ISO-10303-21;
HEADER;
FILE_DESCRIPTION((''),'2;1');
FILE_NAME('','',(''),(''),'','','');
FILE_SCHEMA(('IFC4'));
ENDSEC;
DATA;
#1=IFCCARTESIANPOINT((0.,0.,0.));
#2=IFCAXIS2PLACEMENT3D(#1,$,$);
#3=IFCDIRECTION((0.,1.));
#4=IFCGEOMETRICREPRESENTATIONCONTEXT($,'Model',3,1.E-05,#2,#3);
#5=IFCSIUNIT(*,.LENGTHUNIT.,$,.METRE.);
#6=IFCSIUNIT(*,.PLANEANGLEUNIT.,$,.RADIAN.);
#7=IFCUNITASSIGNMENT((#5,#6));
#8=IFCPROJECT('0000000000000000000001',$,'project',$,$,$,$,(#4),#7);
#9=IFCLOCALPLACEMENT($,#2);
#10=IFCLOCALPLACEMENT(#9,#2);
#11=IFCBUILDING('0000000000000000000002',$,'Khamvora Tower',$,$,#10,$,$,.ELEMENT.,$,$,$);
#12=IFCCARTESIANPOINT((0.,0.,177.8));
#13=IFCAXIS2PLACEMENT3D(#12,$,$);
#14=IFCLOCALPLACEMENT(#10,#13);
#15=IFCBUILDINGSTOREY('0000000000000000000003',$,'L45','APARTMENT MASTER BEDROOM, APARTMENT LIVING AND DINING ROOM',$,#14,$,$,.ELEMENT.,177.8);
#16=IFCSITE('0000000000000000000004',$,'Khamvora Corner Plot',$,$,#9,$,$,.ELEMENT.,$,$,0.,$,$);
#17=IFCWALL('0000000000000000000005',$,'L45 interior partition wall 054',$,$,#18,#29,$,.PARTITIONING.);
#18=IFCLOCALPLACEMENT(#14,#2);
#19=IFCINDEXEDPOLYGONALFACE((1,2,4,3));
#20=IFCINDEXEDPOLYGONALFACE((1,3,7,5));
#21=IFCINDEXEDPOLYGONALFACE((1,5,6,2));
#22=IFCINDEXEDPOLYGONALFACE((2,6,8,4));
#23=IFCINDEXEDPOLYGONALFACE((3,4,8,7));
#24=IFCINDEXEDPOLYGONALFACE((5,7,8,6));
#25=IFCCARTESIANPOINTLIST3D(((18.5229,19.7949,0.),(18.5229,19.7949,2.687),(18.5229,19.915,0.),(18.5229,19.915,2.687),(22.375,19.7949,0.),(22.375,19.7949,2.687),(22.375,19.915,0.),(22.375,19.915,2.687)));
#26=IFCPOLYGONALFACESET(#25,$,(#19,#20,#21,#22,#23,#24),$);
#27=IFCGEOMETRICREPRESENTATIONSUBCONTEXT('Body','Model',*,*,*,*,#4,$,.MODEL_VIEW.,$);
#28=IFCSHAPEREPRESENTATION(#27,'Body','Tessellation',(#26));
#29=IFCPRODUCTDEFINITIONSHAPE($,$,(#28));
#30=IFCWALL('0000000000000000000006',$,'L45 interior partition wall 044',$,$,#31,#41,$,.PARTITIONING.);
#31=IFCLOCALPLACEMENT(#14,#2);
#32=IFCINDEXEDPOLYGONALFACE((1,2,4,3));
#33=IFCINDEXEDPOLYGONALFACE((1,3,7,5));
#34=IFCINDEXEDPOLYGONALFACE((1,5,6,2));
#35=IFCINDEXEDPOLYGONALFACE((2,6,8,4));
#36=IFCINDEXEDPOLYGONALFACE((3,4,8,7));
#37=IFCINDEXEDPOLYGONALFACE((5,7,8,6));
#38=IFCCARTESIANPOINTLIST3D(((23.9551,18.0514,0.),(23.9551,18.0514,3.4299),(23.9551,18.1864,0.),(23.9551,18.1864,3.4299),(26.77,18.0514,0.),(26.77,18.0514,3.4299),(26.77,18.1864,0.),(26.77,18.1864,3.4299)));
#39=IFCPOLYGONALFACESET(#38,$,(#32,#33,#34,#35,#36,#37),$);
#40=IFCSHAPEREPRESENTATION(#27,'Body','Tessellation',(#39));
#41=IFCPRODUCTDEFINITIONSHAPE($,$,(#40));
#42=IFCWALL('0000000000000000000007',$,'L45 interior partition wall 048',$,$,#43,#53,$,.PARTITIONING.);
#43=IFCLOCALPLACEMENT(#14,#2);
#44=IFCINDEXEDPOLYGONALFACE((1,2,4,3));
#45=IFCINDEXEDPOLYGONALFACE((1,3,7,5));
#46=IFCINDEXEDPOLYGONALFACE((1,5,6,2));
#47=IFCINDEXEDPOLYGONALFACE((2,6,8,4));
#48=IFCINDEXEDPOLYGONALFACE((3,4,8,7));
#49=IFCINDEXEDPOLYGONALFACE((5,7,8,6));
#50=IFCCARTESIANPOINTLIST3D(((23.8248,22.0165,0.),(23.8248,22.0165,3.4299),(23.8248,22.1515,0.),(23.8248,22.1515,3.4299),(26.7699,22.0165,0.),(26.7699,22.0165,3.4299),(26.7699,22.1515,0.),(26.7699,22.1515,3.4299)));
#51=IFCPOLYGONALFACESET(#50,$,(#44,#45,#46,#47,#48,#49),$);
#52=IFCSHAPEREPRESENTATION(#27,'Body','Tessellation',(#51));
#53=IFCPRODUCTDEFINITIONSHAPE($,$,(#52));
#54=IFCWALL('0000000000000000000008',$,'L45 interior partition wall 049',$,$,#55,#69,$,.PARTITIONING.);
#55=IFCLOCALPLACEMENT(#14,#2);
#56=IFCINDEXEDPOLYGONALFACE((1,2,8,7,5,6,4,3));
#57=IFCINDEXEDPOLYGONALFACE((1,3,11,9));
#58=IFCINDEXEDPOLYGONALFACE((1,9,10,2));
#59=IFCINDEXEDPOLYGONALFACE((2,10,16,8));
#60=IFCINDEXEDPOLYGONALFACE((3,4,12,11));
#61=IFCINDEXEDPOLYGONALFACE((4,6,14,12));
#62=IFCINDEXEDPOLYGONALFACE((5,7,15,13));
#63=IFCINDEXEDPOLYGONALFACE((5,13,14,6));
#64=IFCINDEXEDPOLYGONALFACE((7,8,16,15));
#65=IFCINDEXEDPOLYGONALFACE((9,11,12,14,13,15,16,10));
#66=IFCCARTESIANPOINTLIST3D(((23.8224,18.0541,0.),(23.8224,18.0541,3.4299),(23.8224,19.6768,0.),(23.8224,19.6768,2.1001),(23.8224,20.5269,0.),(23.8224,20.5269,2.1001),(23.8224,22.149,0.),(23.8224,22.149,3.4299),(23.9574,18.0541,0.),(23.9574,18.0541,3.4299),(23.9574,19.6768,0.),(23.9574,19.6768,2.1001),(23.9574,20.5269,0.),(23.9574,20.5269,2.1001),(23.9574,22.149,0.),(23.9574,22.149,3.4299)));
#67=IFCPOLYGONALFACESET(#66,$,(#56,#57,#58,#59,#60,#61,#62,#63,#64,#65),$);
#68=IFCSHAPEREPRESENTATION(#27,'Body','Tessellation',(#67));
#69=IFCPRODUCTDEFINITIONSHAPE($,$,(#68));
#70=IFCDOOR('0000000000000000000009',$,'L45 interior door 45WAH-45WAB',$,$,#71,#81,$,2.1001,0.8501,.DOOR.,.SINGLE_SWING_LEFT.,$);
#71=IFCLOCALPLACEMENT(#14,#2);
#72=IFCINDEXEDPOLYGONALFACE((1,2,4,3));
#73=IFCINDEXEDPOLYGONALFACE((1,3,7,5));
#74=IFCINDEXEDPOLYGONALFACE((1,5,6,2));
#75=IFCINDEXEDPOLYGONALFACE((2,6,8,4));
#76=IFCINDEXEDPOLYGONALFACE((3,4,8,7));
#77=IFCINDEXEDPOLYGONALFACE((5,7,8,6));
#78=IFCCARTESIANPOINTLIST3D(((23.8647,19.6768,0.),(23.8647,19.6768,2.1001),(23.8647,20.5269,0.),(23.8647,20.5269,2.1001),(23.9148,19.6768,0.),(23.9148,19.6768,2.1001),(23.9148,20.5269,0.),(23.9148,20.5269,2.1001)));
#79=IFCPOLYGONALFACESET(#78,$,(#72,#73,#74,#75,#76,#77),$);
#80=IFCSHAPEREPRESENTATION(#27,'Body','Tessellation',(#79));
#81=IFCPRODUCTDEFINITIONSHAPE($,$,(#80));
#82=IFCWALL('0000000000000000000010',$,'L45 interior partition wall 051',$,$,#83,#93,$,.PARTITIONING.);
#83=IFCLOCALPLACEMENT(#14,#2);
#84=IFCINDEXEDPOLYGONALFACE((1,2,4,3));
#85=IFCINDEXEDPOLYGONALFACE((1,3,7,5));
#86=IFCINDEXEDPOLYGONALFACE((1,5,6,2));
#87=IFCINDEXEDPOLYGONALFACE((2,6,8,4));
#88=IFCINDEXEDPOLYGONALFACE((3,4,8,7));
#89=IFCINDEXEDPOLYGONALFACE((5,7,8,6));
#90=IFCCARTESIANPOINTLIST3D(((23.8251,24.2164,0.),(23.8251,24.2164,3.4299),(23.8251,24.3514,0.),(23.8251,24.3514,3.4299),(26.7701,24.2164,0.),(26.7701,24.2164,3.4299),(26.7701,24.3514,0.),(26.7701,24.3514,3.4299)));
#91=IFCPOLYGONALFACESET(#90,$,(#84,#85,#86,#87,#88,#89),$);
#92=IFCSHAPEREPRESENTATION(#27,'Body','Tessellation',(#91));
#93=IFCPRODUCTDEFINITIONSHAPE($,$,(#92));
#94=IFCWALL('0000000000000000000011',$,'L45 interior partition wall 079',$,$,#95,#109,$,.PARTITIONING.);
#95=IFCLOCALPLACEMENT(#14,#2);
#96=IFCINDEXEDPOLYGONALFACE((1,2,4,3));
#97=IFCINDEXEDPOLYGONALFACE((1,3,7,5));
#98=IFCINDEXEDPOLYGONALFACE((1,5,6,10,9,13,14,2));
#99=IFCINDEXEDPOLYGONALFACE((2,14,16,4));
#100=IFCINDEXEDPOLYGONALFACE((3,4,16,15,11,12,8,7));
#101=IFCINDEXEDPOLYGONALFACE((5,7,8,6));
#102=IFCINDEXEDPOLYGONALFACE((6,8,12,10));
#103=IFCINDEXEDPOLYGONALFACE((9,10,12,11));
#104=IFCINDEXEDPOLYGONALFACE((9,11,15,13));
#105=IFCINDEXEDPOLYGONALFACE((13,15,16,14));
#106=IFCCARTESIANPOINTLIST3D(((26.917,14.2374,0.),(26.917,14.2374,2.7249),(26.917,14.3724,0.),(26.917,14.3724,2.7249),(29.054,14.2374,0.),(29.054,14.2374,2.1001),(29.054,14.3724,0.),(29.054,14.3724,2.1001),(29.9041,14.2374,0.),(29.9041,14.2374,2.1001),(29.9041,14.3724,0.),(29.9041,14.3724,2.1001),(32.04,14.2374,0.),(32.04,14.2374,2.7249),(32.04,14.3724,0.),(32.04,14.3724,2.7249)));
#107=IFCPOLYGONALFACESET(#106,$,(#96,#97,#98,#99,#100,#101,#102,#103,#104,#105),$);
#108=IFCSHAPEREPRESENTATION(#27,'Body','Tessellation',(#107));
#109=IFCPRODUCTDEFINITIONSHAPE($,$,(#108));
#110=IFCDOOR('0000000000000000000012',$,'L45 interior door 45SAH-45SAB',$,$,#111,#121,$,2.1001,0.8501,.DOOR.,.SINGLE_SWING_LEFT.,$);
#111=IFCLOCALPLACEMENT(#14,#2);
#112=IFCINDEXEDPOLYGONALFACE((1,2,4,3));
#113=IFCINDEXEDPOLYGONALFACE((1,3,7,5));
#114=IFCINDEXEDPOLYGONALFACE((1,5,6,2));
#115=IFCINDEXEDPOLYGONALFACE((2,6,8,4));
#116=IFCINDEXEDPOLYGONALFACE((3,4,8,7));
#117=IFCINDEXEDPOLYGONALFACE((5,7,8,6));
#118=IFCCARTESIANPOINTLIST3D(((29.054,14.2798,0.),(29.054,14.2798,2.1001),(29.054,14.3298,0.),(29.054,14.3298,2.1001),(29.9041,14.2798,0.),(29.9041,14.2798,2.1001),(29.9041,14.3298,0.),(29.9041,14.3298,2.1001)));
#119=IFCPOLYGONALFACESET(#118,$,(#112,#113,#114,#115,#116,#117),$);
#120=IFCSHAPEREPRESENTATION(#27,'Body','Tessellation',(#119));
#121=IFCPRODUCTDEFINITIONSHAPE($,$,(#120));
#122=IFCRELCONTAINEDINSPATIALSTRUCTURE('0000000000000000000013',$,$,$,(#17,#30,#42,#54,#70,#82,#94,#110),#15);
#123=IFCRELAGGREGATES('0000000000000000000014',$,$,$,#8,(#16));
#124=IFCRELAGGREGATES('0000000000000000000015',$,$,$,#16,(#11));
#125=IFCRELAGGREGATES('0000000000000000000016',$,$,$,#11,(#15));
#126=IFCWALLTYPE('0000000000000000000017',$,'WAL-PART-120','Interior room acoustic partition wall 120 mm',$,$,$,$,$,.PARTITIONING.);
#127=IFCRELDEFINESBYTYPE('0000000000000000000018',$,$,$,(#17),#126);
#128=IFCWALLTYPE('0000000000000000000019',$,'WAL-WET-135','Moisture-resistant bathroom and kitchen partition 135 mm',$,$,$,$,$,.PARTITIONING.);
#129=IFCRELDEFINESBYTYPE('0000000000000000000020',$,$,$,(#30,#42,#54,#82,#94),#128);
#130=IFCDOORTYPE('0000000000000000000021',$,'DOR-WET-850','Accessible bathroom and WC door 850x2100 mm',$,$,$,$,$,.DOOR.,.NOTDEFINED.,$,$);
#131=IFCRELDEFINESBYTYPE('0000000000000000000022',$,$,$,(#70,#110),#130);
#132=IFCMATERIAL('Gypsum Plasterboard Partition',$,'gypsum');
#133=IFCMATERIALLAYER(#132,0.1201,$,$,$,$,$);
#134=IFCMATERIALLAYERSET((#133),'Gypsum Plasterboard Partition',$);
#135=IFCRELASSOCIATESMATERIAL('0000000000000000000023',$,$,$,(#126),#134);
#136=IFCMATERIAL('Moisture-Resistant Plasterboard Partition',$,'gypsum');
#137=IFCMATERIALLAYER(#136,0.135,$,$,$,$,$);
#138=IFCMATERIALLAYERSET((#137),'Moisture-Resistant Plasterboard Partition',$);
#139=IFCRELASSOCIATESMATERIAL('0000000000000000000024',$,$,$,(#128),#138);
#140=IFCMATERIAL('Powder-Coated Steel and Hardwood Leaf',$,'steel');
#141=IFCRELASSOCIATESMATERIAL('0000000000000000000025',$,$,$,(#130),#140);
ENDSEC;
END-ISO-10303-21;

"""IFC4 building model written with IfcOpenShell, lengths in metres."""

from ifc_helpers import new_model, si_unit, direction, frame, frame_2d, origin, place, context, subcontext, project, spatial, rectangle, extrude, material, layer, layer_set, type_object, element, fill, save


model = new_model("IFC4")

# Units and contexts
model_context = context("Model", 3, precision=1e-05, world=origin(), true_north=direction((0.0, 1.0)))
body_context = subcontext(model_context, "Body", "Model", "MODEL_VIEW")
ifc_project = project(units=[si_unit("LENGTHUNIT", "METRE"), si_unit("PLANEANGLEUNIT", "RADIAN")], contexts=[model_context])

# Site, building, storey
site_placement = place(None, origin())
site = spatial("IfcSite", under=ifc_project, at=site_placement, Name="Khamvora Corner Plot", CompositionType="ELEMENT", RefElevation=0.0)
building_placement = place(site_placement, origin())
building = spatial("IfcBuilding", under=site, at=building_placement, Name="Khamvora Tower", CompositionType="ELEMENT")
storey_placement = place(building_placement, frame((0.0, 0.0, 177.8)))
storey = spatial("IfcBuildingStorey", under=building, at=storey_placement, Name="L45", Description="APARTMENT MASTER BEDROOM, APARTMENT LIVING AND DINING ROOM", CompositionType="ELEMENT", Elevation=177.8)

# Shared definitions
ifc_material_1 = material(Name="Powder-Coated Steel and Hardwood Leaf", Category="steel")

# Shared definitions
ifc_material_2 = material(Name="Gypsum Plasterboard Partition", Category="gypsum")
ifc_layer_1 = layer(ifc_material_2, 0.1201)
ifc_layer_set_1 = layer_set([ifc_layer_1], Name="Gypsum Plasterboard Partition")
wall_type_1 = type_object("IfcWallType", Name="WAL-PART-120", Description="Interior room acoustic partition wall 120 mm", PredefinedType="PARTITIONING", material=ifc_layer_set_1)

# Walls
wall_1_placement = place(storey_placement, frame((22.375, 19.855, 0.0), z_axis=(0.0, 0.0, 1.0), x_axis=(-1.0, 0.0, 0.0)))
element("IfcWall", 1, at=wall_1_placement, inside=storey, type_object=wall_type_1, Name="L45 interior partition wall 054", PredefinedType="PARTITIONING", context=body_context, shape_type="SweptSolid", body=[
    extrude(rectangle(XDim=3.8521, YDim=0.1201, at=frame_2d((1.926, 0.0))), origin(), (0.0, 0.0, 1.0), 2.687),
])
ifc_material_3 = material(Name="Moisture-Resistant Plasterboard Partition", Category="gypsum")
ifc_layer_2 = layer(ifc_material_3, 0.135)
ifc_layer_set_2 = layer_set([ifc_layer_2], Name="Moisture-Resistant Plasterboard Partition")
wall_type_2 = type_object("IfcWallType", Name="WAL-WET-135", Description="Moisture-resistant bathroom and kitchen partition 135 mm", PredefinedType="PARTITIONING", material=ifc_layer_set_2)
wall_2_placement = place(storey_placement, frame((23.9551, 18.1189, 0.0), z_axis=(0.0, 0.0, 1.0), x_axis=(1.0, 0.0, 0.0)))
element("IfcWall", 2, at=wall_2_placement, inside=storey, type_object=wall_type_2, Name="L45 interior partition wall 044", PredefinedType="PARTITIONING", context=body_context, shape_type="SweptSolid", body=[
    extrude(rectangle(XDim=2.8149, YDim=0.135, at=frame_2d((1.4075, 0.0))), origin(), (0.0, 0.0, 1.0), 3.4299),
])
wall_3_placement = place(storey_placement, frame((26.77, 22.084, 0.0), z_axis=(0.0, 0.0, 1.0), x_axis=(-1.0, 0.0, 0.0)))
element("IfcWall", 3, at=wall_3_placement, inside=storey, type_object=wall_type_2, Name="L45 interior partition wall 048", PredefinedType="PARTITIONING", context=body_context, shape_type="SweptSolid", body=[
    extrude(rectangle(XDim=2.9451, YDim=0.135, at=frame_2d((1.4727, 0.0))), origin(), (0.0, 0.0, 1.0), 3.4299),
])

# Wall, opening, door
wall_4_placement = place(storey_placement, frame((23.8899, 22.1489, 0.0), z_axis=(0.0, 0.0, 1.0), x_axis=(0.0, -1.0, 0.0)))
wall_4 = element("IfcWall", 4, at=wall_4_placement, inside=storey, type_object=wall_type_2, Name="L45 interior partition wall 049", PredefinedType="PARTITIONING", context=body_context, shape_type="SweptSolid", body=[
    extrude(rectangle(XDim=4.095, YDim=0.135, at=frame_2d((2.0474, 0.0))), origin(), (0.0, 0.0, 1.0), 3.4299),
])
opening_1_placement = place(wall_4_placement, frame((1.6221, 0.0, 0.0)))
opening_1 = element("IfcOpeningElement", 5, at=opening_1_placement, cuts=wall_4, PredefinedType="OPENING", context=body_context, shape_type="SweptSolid", body=[
    extrude(rectangle(XDim=0.8501, YDim=2.1001, at=frame_2d((0.425, 1.05))), frame((0.0, 0.0774, 0.0), z_axis=(0.0, -1.0, 0.0), x_axis=(1.0, 0.0, 0.0)), (0.0, 0.0, 1.0), 0.155),
])
door_type_1 = type_object("IfcDoorType", Name="DOR-WET-850", Description="Accessible bathroom and WC door 850x2100 mm", OperationType="NOTDEFINED", PredefinedType="DOOR", material=ifc_material_1)
door_1_placement = place(opening_1_placement, origin())
door_1 = element("IfcDoor", 6, at=door_1_placement, inside=storey, type_object=door_type_1, Name="L45 interior door 45WAH-45WAB", OperationType="SINGLE_SWING_LEFT", OverallHeight=2.1001, OverallWidth=0.8501, PredefinedType="DOOR", context=body_context, shape_type="SweptSolid", body=[
    extrude(rectangle(XDim=0.8501, YDim=2.1001, at=frame_2d((0.425, 1.05))), frame((0.0, 0.0249, 0.0), z_axis=(0.0, -1.0, 0.0), x_axis=(1.0, 0.0, 0.0)), (0.0, 0.0, 1.0), 0.05),
])
fill(opening_1, door_1)

# Wall
wall_5_placement = place(storey_placement, frame((23.825, 24.2839, 0.0), z_axis=(0.0, 0.0, 1.0), x_axis=(1.0, 0.0, 0.0)))
element("IfcWall", 7, at=wall_5_placement, inside=storey, type_object=wall_type_2, Name="L45 interior partition wall 051", PredefinedType="PARTITIONING", context=body_context, shape_type="SweptSolid", body=[
    extrude(rectangle(XDim=2.9451, YDim=0.135, at=frame_2d((1.4727, 0.0))), origin(), (0.0, 0.0, 1.0), 3.4299),
])

# Wall, opening, door
wall_6_placement = place(storey_placement, frame((26.917, 14.3049, 0.0), z_axis=(0.0, 0.0, 1.0), x_axis=(1.0, 0.0, 0.0)))
wall_6 = element("IfcWall", 8, at=wall_6_placement, inside=storey, type_object=wall_type_2, Name="L45 interior partition wall 079", PredefinedType="PARTITIONING", context=body_context, shape_type="SweptSolid", body=[
    extrude(rectangle(XDim=5.123, YDim=0.135, at=frame_2d((2.5615, 0.0))), origin(), (0.0, 0.0, 1.0), 2.7249),
])
opening_2_placement = place(wall_6_placement, frame((2.137, 0.0, 0.0)))
opening_2 = element("IfcOpeningElement", 9, at=opening_2_placement, cuts=wall_6, PredefinedType="OPENING", context=body_context, shape_type="SweptSolid", body=[
    extrude(rectangle(XDim=0.8501, YDim=2.1001, at=frame_2d((0.425, 1.05))), frame((0.0, 0.0774, 0.0), z_axis=(0.0, -1.0, 0.0), x_axis=(1.0, 0.0, 0.0)), (0.0, 0.0, 1.0), 0.155),
])
door_2_placement = place(opening_2_placement, origin())
door_2 = element("IfcDoor", 10, at=door_2_placement, inside=storey, type_object=door_type_1, Name="L45 interior door 45SAH-45SAB", OperationType="SINGLE_SWING_LEFT", OverallHeight=2.1001, OverallWidth=0.8501, PredefinedType="DOOR", context=body_context, shape_type="SweptSolid", body=[
    extrude(rectangle(XDim=0.8501, YDim=2.1001, at=frame_2d((0.425, 1.05))), frame((0.0, 0.0249, 0.0), z_axis=(0.0, -1.0, 0.0), x_axis=(1.0, 0.0, 0.0)), (0.0, 0.0, 1.0), 0.05),
])
fill(opening_2, door_2)

save(model, "model.ifc")
